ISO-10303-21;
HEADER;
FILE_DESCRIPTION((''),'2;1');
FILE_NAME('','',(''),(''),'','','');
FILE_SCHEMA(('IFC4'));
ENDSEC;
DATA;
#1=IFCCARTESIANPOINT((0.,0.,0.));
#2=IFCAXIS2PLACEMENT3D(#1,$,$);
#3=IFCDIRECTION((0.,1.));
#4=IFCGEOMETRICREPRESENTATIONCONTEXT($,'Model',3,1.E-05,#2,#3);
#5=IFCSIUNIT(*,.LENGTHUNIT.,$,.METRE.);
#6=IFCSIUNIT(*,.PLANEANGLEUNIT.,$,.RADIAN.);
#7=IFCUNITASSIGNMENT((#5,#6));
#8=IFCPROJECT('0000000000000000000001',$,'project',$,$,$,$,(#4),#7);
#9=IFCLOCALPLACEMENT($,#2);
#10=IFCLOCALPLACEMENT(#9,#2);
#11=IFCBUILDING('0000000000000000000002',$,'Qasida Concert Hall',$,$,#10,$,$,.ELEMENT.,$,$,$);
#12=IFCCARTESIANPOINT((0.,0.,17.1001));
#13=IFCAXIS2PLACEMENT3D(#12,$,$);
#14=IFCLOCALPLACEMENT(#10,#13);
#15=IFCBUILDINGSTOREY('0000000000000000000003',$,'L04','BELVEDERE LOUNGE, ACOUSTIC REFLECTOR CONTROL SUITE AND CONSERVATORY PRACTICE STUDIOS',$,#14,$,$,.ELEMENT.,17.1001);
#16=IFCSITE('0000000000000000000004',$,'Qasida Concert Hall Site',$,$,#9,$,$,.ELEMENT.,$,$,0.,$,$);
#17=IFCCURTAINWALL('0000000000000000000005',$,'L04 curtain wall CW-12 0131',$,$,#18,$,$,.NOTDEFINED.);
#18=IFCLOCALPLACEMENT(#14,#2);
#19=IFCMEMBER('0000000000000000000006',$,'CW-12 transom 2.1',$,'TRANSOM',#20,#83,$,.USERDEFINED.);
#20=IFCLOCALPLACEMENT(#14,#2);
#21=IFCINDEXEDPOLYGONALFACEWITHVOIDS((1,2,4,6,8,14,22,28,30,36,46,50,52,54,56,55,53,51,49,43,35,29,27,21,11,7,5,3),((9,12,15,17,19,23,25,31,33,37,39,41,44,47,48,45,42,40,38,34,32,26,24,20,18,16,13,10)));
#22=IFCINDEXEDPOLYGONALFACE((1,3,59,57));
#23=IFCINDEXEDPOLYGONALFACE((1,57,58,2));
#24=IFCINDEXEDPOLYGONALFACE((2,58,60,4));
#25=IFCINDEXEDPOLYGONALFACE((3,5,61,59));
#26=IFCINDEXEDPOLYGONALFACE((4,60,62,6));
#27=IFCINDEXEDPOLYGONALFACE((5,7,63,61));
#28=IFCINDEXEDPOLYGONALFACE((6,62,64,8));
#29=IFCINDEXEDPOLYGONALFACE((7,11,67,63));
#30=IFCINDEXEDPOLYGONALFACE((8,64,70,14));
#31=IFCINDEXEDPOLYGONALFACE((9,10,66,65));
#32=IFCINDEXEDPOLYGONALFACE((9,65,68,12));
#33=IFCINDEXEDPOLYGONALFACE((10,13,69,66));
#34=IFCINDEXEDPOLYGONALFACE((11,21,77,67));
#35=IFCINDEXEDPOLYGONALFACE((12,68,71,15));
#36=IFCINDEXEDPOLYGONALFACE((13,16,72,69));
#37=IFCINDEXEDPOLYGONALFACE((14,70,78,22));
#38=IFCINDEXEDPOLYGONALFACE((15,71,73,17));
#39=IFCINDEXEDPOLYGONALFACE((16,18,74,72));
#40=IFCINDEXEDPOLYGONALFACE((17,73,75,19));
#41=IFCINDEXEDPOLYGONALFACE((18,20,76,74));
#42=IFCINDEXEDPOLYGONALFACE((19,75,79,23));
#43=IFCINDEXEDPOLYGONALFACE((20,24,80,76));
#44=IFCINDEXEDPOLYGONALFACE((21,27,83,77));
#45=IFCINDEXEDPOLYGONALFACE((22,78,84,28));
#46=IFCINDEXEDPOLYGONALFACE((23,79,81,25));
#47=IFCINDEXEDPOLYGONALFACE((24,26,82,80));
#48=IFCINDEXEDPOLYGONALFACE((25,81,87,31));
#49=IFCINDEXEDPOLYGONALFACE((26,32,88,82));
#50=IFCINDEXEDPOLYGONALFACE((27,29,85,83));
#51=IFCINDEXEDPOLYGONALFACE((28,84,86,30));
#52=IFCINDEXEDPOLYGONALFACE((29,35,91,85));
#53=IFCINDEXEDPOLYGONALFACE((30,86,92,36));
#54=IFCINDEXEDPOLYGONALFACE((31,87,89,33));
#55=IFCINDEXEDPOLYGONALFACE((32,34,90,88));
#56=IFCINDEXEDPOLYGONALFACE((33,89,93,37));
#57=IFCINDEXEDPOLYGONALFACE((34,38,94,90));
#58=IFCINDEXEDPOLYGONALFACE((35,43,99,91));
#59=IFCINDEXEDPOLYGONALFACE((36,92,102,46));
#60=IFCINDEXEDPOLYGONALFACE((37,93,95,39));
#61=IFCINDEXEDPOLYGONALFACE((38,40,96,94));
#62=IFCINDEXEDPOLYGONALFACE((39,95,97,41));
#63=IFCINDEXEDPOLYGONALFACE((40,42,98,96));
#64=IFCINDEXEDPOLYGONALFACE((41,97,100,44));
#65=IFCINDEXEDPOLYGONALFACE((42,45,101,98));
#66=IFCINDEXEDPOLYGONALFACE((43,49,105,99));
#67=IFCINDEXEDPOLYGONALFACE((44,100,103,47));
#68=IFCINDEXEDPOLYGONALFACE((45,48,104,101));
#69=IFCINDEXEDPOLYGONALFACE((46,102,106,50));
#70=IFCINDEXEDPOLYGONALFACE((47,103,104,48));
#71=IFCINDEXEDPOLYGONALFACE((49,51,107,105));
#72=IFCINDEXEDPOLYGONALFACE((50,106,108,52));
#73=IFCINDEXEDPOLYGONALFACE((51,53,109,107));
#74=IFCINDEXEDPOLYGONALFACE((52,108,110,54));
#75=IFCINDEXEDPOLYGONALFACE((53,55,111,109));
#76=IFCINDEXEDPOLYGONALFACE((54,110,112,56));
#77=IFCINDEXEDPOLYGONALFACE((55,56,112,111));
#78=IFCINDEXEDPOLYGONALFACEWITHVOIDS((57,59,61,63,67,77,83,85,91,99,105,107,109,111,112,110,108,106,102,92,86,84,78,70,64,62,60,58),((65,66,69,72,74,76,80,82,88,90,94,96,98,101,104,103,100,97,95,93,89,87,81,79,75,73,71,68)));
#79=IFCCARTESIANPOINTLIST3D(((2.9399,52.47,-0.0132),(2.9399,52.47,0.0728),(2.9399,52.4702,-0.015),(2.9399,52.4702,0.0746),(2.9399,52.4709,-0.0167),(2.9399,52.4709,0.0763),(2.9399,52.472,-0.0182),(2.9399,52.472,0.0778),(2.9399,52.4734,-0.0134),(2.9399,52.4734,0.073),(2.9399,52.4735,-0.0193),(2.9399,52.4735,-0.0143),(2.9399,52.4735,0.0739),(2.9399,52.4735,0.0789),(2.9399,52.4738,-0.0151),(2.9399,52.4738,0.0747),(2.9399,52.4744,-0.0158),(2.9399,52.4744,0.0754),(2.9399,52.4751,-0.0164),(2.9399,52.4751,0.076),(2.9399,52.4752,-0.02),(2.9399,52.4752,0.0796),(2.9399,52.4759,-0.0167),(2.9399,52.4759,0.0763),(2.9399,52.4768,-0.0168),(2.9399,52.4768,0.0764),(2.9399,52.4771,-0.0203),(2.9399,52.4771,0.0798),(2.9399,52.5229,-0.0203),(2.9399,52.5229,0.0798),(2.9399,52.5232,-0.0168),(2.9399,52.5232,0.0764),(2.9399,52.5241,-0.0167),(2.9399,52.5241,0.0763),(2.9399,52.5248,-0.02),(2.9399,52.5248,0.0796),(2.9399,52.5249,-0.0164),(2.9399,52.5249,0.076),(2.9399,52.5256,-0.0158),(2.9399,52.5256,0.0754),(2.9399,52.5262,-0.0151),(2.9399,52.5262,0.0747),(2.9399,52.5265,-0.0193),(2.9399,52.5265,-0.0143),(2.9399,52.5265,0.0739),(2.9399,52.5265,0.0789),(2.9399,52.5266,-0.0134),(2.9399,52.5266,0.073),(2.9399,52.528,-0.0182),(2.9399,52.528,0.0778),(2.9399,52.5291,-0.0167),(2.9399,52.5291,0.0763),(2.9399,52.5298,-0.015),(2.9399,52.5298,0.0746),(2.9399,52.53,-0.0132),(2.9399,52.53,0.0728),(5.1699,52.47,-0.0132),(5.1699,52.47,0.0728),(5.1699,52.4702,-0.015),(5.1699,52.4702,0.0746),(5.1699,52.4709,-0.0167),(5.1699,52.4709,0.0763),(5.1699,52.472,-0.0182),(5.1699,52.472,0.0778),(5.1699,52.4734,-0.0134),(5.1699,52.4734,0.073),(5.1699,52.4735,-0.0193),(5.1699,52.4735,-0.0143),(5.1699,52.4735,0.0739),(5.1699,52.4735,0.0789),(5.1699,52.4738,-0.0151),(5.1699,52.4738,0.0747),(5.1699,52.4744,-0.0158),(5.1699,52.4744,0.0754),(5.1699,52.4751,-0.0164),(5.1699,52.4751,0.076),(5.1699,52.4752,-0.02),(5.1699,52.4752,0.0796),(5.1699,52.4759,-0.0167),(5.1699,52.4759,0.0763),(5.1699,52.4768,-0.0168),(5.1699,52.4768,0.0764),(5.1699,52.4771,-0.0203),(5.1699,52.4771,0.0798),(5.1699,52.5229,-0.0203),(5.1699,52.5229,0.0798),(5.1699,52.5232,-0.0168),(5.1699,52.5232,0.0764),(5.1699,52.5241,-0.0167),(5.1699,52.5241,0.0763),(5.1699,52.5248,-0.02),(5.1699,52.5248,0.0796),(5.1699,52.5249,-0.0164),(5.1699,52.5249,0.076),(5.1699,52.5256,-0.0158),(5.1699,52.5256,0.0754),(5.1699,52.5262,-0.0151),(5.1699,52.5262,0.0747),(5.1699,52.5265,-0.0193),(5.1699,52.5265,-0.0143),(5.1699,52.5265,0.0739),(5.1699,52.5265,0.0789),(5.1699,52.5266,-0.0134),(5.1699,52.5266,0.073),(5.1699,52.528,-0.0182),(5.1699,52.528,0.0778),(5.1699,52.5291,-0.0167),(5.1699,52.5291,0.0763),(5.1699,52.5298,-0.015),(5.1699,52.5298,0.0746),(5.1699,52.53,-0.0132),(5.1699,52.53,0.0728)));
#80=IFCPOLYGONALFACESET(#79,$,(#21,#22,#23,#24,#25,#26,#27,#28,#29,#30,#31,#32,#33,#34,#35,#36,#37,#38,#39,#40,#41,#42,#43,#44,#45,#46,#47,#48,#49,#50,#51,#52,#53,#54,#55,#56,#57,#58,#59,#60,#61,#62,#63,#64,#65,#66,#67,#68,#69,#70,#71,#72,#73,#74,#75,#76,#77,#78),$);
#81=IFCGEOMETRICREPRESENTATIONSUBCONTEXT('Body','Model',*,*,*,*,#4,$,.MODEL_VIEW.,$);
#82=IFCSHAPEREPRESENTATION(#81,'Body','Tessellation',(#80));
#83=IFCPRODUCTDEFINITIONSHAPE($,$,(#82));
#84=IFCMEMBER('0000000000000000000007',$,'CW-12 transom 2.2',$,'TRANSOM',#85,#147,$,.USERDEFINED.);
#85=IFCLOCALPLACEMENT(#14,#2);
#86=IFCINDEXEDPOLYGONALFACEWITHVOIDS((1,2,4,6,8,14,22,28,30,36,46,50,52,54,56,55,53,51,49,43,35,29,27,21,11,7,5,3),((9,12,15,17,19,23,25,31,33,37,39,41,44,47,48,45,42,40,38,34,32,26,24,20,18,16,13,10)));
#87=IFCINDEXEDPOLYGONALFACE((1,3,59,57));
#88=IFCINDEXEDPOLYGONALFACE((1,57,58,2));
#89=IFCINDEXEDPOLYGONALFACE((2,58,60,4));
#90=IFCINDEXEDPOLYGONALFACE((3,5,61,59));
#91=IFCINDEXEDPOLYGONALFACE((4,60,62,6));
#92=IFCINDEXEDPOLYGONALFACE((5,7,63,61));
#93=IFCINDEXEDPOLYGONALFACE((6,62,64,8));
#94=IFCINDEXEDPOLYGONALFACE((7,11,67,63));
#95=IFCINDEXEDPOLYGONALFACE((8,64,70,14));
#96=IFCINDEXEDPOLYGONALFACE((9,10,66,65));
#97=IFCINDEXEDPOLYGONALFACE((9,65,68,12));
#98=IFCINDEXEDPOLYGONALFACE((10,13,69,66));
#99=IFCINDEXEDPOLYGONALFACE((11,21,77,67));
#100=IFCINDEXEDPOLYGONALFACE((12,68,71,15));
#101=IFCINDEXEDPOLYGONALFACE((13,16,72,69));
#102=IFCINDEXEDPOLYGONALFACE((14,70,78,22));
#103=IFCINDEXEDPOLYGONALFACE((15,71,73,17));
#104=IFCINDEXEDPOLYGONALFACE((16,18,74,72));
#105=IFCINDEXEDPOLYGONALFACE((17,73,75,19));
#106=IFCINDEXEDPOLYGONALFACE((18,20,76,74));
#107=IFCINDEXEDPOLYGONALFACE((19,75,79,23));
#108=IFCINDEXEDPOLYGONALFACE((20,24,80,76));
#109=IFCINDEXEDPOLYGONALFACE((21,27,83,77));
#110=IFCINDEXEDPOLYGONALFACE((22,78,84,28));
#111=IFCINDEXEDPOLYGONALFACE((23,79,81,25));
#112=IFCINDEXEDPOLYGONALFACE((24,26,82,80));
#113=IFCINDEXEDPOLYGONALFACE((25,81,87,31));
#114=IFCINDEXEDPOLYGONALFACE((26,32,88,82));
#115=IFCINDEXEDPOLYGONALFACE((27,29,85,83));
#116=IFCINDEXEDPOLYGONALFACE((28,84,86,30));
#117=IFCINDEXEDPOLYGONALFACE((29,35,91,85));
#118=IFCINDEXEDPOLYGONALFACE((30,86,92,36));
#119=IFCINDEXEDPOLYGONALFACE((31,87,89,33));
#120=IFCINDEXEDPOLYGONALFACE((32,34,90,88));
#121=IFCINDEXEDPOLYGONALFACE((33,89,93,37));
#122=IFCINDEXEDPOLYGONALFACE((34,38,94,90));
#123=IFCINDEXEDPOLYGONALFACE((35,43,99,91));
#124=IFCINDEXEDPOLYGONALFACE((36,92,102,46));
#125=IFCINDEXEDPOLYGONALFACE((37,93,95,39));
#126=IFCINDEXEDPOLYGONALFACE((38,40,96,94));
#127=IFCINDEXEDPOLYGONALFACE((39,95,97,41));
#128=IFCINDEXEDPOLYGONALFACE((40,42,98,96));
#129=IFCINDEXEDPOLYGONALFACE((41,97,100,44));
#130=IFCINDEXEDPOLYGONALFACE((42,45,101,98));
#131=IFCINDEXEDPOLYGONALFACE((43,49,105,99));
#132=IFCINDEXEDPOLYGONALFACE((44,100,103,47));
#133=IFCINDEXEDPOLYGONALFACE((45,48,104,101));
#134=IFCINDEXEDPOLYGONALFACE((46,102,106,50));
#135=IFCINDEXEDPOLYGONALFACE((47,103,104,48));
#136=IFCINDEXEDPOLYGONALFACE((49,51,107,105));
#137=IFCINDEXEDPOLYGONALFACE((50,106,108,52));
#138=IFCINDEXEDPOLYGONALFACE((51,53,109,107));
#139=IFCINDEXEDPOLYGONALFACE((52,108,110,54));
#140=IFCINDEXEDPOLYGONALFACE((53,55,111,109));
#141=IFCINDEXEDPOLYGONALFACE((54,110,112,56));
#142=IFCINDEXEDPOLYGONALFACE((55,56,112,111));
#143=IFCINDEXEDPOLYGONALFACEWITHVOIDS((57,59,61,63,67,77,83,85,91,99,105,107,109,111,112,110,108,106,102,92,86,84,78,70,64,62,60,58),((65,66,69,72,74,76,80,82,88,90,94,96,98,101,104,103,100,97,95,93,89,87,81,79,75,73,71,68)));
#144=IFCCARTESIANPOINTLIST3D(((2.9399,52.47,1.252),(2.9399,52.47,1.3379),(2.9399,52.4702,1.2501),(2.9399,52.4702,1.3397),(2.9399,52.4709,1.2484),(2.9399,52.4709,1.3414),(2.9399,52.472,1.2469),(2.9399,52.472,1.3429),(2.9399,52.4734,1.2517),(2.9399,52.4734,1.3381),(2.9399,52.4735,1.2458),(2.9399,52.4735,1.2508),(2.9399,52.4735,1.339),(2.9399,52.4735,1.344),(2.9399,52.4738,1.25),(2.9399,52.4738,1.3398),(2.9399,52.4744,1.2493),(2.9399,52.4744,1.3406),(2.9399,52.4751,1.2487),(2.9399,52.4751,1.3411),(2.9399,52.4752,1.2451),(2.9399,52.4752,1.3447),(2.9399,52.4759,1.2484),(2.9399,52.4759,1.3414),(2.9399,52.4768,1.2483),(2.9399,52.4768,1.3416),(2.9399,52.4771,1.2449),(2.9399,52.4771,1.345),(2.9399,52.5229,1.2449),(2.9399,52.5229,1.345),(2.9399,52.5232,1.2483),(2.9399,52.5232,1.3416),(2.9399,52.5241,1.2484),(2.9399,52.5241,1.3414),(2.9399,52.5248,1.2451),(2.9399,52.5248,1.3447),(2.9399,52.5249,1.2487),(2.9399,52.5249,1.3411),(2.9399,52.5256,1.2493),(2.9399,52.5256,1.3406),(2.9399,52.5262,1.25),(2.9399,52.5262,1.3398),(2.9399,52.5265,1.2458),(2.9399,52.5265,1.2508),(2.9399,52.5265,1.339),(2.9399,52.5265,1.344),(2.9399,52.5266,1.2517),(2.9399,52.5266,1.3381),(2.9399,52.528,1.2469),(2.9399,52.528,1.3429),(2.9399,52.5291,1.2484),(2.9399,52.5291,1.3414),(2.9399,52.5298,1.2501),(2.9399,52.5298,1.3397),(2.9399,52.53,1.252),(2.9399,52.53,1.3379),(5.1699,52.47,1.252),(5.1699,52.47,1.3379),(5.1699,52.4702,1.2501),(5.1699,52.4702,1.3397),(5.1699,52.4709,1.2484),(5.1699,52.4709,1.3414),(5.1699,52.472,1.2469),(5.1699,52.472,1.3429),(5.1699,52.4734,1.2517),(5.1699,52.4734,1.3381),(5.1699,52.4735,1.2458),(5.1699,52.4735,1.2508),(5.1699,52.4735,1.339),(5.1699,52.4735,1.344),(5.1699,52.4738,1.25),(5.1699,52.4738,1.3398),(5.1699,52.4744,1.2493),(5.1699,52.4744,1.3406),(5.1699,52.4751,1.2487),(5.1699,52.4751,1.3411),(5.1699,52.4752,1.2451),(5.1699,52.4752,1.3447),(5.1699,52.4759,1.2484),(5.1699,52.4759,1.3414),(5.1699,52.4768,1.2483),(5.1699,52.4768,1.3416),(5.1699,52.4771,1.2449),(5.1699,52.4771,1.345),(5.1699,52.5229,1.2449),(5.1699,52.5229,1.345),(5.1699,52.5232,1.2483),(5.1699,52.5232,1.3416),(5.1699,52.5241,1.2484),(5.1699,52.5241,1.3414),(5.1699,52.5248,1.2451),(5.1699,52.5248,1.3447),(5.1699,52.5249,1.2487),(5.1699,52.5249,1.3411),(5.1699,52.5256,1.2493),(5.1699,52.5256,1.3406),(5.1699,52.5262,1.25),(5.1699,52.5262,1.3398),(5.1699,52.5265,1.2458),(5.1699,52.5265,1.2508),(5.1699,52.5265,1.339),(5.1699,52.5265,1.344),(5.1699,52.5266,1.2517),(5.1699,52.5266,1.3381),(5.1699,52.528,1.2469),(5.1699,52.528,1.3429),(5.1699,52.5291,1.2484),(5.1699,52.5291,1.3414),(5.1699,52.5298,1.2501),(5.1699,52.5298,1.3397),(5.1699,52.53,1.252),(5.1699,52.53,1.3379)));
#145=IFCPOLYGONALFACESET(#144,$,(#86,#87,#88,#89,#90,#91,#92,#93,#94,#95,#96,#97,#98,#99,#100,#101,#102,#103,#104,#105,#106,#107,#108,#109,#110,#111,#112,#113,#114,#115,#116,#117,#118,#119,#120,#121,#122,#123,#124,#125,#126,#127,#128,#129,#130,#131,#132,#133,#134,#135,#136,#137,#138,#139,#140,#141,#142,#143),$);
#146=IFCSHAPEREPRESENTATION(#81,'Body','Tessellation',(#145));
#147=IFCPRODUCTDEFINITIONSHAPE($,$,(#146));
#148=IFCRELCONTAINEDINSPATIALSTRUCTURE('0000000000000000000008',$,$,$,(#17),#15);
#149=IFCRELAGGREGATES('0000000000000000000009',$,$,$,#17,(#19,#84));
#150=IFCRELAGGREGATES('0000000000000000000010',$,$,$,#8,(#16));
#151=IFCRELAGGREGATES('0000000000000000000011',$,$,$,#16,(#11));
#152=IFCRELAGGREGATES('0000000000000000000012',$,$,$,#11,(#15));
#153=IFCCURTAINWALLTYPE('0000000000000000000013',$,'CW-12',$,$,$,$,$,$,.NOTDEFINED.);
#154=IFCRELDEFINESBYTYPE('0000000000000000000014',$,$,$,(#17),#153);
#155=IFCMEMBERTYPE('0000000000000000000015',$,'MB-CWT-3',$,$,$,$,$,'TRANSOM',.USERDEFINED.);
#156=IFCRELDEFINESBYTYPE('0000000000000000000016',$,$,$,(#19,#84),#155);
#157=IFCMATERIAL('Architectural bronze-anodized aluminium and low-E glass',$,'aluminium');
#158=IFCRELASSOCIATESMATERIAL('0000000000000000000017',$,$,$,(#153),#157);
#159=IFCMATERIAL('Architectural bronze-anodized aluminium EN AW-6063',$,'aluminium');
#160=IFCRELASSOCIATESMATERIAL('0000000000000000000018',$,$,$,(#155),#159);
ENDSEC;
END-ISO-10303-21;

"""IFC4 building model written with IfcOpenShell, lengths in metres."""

from ifc_helpers import new_model, si_unit, direction, frame, origin, origin_2d, place, context, subcontext, project, spatial, hollow_rectangle, extrude, material, material_profile, profile_set, type_object, element, aggregate, save


model = new_model("IFC4")

# Units and contexts
model_context = context("Model", 3, precision=1e-05, world=origin(), true_north=direction((0.0, 1.0)))
body_context = subcontext(model_context, "Body", "Model", "MODEL_VIEW")
ifc_project = project(units=[si_unit("LENGTHUNIT", "METRE"), si_unit("PLANEANGLEUNIT", "RADIAN")], contexts=[model_context])

# Site, building, storey
site_placement = place(None, origin())
site = spatial("IfcSite", under=ifc_project, at=site_placement, Name="Qasida Concert Hall Site", CompositionType="ELEMENT", RefElevation=0.0)
building_placement = place(site_placement, origin())
building = spatial("IfcBuilding", under=site, at=building_placement, Name="Qasida Concert Hall", CompositionType="ELEMENT")
storey_placement = place(building_placement, frame((0.0, 0.0, 17.1001)))
storey = spatial("IfcBuildingStorey", under=building, at=storey_placement, Name="L04", Description="BELVEDERE LOUNGE, ACOUSTIC REFLECTOR CONTROL SUITE AND CONSERVATORY PRACTICE STUDIOS", CompositionType="ELEMENT", Elevation=17.1001)

# Curtain wall, members
ifc_material_1 = material(Name="Architectural bronze-anodized aluminium and low-E glass", Category="aluminium")
curtain_wall_type = type_object("IfcCurtainWallType", Name="CW-12", PredefinedType="NOTDEFINED", material=ifc_material_1)
curtain_wall_placement = place(storey_placement, origin())
curtain_wall = element("IfcCurtainWall", 1, at=curtain_wall_placement, inside=storey, type_object=curtain_wall_type, Name="L04 curtain wall CW-12 0131", PredefinedType="NOTDEFINED")
ifc_material_2 = material(Name="Architectural bronze-anodized aluminium EN AW-6063", Category="aluminium")
ifc_material_profile_1 = material_profile(ifc_material_2, hollow_rectangle(XDim=0.0601, YDim=0.1001, WallThickness=0.0034, InnerFilletRadius=0.0034, OuterFilletRadius=0.0071, at=origin_2d()), Name="CWT 100x60x3.5")
ifc_profile_set_1 = profile_set([ifc_material_profile_1], Name="Architectural bronze-anodized aluminium EN AW-6063")
member_type_1 = type_object("IfcMemberType", Name="MB-CWT-3", ElementType="TRANSOM", PredefinedType="USERDEFINED", material=ifc_profile_set_1)
member_1_placement = place(storey_placement, frame((2.9399, 52.5, 0.0298), z_axis=(1.0, 0.0, 0.0), x_axis=(0.0, 1.0, 0.0)))
member_1 = element("IfcMember", 2, at=member_1_placement, type_object=member_type_1, Name="CW-12 transom 2.1", ObjectType="TRANSOM", PredefinedType="USERDEFINED", context=body_context, shape_type="SweptSolid", body=[
    extrude(hollow_rectangle(XDim=0.0601, YDim=0.1001, WallThickness=0.0034, InnerFilletRadius=0.0034, OuterFilletRadius=0.0071, at=origin_2d()), origin(), (0.0, 0.0, 1.0), 2.23),
])
member_2_placement = place(storey_placement, frame((2.9399, 52.5, 1.2949), z_axis=(1.0, 0.0, 0.0), x_axis=(0.0, 1.0, 0.0)))
member_2 = element("IfcMember", 3, at=member_2_placement, type_object=member_type_1, Name="CW-12 transom 2.2", ObjectType="TRANSOM", PredefinedType="USERDEFINED", context=body_context, shape_type="SweptSolid", body=[
    extrude(hollow_rectangle(XDim=0.0601, YDim=0.1001, WallThickness=0.0034, InnerFilletRadius=0.0034, OuterFilletRadius=0.0071, at=origin_2d()), origin(), (0.0, 0.0, 1.0), 2.23),
])
aggregate(curtain_wall, [member_1, member_2])

save(model, "model.ifc")
